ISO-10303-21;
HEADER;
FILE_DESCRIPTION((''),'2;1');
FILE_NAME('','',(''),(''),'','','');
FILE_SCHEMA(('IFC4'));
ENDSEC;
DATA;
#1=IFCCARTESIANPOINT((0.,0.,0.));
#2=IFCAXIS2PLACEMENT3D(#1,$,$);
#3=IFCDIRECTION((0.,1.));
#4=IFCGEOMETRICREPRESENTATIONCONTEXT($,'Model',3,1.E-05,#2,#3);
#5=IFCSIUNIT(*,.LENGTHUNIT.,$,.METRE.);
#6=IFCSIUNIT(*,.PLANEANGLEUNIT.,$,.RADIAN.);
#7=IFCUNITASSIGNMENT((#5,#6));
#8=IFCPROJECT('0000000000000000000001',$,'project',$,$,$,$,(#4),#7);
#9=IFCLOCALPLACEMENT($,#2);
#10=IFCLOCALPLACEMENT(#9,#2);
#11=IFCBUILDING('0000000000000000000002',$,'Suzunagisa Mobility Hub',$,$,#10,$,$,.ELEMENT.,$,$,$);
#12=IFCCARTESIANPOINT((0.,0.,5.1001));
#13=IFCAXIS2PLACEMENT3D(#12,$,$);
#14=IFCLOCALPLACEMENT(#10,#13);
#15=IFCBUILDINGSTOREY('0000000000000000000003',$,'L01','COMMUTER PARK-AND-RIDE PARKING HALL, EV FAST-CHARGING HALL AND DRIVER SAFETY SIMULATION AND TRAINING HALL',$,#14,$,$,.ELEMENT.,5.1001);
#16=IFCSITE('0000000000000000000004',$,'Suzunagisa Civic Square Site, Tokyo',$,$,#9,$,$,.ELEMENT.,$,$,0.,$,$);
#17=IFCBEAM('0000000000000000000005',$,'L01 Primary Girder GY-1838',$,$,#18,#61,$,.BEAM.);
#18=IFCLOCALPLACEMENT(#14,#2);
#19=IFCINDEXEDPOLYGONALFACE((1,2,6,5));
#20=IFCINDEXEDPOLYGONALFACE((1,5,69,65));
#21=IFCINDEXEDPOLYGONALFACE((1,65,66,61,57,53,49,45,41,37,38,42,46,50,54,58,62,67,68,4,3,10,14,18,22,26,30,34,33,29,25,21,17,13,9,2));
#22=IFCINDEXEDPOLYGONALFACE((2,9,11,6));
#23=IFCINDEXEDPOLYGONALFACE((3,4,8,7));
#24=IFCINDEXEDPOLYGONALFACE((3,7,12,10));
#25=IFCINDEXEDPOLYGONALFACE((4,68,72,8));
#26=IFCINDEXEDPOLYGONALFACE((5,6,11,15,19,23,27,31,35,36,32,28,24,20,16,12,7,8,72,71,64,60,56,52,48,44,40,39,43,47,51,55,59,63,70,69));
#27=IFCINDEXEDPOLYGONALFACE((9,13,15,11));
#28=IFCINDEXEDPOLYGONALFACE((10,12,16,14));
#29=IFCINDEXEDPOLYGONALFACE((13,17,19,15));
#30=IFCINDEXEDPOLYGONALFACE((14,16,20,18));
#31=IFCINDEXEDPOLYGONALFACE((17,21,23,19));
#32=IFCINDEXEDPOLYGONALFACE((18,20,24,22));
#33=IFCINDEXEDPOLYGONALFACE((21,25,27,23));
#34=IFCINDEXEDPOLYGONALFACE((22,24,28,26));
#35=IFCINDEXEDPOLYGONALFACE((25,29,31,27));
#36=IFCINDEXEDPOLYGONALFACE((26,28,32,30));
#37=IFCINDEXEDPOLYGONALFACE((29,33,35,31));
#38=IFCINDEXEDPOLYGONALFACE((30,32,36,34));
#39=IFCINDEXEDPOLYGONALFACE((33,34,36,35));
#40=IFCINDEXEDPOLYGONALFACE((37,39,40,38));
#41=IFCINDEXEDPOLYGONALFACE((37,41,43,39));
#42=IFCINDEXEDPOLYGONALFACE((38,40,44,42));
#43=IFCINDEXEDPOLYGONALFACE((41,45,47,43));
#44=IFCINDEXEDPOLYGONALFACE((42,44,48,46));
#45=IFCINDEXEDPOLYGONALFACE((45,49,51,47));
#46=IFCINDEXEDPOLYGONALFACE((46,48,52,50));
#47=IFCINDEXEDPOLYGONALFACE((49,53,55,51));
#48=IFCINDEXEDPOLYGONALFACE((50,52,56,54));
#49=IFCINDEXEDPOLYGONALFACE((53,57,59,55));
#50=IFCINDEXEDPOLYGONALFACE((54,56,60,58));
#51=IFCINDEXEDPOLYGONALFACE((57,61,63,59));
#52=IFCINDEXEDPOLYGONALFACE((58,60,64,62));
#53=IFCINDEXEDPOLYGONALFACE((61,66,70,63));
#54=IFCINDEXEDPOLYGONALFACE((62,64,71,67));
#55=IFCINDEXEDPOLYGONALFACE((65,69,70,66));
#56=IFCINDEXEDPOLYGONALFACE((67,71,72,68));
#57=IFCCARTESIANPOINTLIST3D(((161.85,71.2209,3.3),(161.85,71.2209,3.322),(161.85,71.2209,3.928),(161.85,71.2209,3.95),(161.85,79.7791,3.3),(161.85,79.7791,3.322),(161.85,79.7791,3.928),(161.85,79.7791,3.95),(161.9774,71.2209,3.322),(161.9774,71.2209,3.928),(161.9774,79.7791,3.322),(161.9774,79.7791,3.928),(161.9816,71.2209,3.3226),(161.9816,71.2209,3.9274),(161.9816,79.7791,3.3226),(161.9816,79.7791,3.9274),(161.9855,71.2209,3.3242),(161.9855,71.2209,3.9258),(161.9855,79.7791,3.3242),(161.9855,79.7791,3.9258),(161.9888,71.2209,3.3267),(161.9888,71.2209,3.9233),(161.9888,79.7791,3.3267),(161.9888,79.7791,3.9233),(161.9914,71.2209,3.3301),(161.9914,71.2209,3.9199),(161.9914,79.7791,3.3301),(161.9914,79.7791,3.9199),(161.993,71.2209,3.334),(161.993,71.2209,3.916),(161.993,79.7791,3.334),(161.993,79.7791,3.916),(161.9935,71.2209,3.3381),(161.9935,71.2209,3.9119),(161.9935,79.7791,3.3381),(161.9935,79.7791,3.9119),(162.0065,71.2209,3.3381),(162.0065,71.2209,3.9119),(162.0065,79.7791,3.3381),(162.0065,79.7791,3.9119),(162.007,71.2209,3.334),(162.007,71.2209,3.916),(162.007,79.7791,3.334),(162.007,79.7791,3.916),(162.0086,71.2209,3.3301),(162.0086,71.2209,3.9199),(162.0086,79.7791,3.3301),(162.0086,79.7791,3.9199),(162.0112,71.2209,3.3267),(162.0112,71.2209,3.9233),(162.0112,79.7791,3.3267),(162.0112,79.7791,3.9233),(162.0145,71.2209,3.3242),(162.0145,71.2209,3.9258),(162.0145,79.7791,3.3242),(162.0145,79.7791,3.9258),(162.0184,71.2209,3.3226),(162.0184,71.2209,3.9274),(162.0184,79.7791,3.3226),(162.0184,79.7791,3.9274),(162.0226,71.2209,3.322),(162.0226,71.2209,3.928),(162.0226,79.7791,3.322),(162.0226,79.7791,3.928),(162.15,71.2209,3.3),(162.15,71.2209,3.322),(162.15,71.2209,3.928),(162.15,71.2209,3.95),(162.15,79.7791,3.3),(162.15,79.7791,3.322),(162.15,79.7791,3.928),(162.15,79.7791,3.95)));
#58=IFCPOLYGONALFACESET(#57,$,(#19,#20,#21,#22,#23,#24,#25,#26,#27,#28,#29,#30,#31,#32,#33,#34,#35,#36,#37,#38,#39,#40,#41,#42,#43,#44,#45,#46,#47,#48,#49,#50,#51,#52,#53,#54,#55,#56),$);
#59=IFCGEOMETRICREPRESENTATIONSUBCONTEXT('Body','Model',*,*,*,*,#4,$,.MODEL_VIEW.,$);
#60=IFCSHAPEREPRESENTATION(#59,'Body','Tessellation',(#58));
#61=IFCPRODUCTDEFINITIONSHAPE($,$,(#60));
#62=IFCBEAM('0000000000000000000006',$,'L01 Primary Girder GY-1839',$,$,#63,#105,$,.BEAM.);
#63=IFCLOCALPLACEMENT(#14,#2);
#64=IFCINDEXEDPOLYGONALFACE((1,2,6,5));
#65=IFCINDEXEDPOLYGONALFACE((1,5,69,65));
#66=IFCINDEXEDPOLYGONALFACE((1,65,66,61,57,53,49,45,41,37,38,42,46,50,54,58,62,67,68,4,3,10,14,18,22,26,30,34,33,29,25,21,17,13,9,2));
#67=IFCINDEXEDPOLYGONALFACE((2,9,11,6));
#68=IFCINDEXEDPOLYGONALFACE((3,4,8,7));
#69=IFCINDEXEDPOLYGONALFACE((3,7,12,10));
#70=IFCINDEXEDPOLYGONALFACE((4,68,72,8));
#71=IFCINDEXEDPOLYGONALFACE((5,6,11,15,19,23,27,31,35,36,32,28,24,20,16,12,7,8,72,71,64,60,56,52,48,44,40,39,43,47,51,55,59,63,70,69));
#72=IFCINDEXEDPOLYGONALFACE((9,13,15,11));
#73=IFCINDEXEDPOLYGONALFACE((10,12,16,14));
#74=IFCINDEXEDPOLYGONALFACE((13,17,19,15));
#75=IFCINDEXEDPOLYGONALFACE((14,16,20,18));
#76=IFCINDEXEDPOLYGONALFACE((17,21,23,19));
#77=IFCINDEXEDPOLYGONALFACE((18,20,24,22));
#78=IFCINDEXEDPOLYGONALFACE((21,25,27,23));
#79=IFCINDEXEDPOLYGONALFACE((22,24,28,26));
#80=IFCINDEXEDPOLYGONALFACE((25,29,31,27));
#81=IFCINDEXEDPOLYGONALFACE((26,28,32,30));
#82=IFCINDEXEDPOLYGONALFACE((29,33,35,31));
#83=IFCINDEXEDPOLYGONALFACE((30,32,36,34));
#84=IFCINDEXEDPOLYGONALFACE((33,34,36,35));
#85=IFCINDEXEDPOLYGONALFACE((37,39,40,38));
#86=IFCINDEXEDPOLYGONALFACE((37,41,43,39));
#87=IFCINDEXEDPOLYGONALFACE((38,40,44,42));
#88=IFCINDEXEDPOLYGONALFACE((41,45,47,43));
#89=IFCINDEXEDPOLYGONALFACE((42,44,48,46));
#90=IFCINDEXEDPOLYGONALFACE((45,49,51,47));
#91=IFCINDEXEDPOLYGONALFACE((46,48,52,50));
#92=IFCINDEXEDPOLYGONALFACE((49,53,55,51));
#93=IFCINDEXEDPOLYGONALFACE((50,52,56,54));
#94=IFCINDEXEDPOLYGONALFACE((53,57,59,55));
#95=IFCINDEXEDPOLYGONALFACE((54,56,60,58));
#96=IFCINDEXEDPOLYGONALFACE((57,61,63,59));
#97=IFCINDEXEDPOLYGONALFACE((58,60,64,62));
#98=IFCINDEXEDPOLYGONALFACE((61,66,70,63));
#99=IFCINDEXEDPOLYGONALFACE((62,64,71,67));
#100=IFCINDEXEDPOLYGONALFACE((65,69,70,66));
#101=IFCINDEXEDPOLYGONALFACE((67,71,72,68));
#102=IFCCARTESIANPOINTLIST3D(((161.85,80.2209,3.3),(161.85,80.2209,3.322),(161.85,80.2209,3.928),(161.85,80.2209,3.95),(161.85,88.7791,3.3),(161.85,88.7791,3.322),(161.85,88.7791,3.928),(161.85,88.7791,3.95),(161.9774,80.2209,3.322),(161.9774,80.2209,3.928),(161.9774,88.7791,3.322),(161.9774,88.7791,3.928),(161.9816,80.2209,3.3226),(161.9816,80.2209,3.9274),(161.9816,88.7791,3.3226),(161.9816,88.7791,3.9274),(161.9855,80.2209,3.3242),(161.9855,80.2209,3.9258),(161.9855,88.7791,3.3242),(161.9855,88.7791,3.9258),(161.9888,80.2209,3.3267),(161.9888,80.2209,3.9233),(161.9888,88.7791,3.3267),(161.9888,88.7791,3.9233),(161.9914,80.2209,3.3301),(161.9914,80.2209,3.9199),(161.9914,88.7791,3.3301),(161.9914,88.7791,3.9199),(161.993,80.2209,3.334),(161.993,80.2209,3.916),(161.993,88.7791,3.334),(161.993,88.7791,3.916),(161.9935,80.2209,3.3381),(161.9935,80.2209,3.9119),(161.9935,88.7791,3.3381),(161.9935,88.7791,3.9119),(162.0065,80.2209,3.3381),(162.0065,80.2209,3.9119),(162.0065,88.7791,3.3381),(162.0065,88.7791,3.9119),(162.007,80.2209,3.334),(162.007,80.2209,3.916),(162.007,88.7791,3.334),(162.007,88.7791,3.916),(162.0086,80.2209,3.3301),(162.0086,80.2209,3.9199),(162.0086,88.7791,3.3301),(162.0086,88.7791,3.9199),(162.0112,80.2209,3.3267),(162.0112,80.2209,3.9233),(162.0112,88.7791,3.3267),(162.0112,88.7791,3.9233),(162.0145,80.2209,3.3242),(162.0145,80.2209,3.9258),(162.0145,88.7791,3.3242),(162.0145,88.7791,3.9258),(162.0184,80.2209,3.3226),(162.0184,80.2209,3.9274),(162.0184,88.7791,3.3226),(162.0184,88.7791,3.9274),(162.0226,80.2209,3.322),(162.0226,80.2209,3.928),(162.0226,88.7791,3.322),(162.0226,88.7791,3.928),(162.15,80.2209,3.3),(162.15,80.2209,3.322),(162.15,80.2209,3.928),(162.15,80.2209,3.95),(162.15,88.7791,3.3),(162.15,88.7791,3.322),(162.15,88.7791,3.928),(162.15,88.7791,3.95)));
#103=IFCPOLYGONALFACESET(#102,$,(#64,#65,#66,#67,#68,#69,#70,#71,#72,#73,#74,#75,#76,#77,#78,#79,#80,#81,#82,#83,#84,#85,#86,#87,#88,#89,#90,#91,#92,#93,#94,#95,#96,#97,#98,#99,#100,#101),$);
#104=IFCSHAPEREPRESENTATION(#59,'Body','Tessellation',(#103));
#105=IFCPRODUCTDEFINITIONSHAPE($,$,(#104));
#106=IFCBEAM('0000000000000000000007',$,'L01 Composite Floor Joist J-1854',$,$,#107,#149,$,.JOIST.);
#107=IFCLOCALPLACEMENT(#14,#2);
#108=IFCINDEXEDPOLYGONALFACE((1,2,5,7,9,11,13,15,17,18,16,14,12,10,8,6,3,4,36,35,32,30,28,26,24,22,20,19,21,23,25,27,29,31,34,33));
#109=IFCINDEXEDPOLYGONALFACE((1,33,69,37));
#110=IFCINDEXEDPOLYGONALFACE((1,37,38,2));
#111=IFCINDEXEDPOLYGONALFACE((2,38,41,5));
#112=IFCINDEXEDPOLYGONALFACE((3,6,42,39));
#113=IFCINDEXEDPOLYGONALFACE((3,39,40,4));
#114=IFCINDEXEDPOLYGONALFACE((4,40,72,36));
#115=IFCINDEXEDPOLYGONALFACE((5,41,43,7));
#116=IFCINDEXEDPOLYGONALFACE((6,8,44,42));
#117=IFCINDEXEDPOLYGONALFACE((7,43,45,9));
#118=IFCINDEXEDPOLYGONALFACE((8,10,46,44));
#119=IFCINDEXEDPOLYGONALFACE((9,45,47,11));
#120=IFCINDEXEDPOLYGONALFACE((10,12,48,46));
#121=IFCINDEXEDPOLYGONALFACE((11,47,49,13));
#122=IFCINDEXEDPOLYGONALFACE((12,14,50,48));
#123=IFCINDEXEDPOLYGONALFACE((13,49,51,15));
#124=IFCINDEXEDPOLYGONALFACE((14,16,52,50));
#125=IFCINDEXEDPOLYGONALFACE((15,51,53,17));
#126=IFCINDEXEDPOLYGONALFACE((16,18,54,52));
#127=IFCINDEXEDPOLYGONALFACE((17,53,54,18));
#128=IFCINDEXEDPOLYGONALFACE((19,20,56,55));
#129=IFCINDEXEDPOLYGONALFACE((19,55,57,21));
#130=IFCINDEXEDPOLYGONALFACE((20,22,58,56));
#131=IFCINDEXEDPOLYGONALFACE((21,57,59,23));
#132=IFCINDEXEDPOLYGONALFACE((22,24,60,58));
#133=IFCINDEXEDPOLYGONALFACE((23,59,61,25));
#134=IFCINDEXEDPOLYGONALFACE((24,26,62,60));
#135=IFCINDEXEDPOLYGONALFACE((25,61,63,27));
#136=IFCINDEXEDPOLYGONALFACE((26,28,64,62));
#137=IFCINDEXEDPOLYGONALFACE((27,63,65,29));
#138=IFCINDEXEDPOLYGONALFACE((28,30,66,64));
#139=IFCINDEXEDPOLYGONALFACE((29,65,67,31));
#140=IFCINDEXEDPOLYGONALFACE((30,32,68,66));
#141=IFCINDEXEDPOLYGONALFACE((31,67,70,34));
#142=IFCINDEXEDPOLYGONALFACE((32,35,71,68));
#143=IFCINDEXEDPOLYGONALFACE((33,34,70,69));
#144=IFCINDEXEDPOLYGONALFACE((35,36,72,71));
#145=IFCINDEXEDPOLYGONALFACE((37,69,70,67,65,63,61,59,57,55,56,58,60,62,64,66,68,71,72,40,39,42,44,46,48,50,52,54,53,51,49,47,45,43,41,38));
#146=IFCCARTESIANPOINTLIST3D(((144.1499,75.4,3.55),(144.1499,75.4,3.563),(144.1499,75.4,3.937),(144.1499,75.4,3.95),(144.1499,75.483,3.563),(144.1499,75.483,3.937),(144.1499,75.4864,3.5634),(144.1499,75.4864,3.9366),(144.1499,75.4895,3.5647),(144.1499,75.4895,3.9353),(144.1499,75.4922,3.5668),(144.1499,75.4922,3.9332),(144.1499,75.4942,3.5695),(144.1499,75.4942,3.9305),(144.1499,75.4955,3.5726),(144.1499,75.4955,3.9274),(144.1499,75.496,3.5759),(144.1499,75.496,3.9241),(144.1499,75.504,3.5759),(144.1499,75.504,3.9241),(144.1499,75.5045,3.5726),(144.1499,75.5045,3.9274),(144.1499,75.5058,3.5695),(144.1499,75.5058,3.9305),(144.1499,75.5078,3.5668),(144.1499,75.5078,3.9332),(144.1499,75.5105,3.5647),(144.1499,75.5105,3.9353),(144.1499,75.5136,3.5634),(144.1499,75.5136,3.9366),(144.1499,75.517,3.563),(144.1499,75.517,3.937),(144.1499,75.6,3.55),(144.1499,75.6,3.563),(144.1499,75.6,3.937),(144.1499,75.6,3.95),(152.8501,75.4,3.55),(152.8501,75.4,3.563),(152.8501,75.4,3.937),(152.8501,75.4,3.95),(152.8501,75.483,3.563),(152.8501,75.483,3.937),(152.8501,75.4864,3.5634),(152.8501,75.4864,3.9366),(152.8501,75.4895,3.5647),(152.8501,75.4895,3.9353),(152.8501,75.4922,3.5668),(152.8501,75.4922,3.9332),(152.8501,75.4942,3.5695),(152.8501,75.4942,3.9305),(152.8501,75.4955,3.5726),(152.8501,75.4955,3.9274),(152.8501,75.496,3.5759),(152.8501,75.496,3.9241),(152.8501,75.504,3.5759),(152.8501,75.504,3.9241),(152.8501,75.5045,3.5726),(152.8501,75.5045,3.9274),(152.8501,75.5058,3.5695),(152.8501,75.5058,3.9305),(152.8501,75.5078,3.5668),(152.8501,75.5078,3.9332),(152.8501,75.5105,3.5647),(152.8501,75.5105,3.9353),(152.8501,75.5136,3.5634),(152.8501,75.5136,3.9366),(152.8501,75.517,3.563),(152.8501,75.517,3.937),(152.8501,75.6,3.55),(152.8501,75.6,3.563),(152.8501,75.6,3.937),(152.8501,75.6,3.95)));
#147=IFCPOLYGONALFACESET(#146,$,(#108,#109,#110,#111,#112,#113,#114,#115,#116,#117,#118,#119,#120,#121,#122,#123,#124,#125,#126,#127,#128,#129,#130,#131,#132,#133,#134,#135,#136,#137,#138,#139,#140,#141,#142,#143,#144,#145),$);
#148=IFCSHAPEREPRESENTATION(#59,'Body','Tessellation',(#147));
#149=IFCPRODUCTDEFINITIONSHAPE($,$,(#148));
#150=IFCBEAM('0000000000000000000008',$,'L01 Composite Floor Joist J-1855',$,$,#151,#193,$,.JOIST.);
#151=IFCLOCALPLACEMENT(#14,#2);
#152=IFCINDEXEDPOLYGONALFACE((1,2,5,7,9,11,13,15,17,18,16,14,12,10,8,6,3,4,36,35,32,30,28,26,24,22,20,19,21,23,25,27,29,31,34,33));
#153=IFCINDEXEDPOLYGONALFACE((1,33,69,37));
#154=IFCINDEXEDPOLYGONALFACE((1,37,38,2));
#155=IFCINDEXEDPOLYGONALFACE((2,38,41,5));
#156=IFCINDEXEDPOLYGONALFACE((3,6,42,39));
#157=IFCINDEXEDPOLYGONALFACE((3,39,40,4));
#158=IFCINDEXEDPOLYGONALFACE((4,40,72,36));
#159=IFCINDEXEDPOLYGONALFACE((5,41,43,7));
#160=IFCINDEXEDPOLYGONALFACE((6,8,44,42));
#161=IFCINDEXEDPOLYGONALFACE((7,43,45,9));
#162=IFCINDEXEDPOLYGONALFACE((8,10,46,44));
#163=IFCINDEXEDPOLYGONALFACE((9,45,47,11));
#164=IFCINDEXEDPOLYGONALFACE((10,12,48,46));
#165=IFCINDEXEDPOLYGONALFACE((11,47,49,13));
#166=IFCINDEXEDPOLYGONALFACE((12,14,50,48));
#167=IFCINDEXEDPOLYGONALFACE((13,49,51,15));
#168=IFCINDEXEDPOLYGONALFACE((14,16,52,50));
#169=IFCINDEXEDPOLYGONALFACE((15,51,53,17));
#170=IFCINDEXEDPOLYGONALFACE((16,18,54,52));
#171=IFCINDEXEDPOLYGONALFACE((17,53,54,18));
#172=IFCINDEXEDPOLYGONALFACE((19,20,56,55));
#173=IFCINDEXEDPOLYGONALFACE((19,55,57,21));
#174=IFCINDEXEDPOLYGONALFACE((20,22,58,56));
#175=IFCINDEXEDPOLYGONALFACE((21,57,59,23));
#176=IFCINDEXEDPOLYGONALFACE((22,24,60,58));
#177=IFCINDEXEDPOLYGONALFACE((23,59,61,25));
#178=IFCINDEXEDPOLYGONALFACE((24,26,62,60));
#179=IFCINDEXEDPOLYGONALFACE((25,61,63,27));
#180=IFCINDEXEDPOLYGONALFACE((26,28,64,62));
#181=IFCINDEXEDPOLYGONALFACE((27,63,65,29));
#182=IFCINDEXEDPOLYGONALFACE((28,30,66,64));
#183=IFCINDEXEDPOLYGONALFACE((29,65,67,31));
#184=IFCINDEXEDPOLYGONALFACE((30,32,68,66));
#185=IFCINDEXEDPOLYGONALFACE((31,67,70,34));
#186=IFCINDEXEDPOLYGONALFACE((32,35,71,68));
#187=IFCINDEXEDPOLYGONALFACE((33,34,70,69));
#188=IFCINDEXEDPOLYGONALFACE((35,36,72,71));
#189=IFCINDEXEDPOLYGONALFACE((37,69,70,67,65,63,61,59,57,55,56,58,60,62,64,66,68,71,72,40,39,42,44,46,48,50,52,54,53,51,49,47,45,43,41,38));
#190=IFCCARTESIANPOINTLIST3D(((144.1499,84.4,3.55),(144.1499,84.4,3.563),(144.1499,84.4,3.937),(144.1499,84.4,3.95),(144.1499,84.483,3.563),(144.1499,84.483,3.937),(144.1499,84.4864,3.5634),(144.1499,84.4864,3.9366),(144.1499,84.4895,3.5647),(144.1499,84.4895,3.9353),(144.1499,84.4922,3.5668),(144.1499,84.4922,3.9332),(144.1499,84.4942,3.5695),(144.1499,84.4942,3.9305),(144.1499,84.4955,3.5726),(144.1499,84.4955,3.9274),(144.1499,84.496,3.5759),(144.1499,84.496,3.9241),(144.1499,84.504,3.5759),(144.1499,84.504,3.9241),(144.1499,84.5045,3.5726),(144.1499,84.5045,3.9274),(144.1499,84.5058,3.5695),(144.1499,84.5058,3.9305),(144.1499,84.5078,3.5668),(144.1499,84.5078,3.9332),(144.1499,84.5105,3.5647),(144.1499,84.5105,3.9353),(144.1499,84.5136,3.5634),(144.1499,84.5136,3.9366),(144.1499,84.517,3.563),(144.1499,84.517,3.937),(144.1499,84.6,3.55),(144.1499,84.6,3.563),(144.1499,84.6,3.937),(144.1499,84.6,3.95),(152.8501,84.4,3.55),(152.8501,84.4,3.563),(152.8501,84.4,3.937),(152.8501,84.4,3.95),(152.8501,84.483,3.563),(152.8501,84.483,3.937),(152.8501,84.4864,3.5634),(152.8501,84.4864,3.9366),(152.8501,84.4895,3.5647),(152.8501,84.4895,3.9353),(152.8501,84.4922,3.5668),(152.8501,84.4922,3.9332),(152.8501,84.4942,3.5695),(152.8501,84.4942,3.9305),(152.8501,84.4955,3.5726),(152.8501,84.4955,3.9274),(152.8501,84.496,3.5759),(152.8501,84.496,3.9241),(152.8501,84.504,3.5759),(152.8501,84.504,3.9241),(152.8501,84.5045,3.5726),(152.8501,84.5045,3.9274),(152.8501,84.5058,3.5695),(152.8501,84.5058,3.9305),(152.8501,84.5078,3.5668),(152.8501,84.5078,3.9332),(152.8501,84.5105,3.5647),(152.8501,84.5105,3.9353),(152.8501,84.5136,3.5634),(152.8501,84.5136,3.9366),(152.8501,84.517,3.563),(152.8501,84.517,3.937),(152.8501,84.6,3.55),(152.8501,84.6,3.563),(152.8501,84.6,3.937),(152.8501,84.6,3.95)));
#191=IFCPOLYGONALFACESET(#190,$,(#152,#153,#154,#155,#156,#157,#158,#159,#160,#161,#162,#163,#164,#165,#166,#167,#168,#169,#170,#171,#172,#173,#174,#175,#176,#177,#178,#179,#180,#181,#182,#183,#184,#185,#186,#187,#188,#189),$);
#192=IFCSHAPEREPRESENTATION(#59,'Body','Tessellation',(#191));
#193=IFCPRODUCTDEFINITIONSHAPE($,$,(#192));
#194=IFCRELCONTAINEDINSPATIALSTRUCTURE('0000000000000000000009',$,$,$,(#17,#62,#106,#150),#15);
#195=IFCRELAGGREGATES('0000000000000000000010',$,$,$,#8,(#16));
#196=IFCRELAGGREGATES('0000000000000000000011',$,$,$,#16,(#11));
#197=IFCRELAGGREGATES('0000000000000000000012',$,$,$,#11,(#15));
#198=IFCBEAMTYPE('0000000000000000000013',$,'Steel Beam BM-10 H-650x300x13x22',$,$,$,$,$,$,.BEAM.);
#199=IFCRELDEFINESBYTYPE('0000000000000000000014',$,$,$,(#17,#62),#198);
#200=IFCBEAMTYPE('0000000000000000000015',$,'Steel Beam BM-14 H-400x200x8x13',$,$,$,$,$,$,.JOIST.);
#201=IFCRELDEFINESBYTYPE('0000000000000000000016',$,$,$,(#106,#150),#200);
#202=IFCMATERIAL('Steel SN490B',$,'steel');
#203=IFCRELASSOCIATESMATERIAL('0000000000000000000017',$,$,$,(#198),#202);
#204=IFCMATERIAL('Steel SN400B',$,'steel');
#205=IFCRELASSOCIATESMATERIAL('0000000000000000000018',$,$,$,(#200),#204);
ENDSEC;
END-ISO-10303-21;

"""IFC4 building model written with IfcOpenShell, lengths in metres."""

from ifc_helpers import new_model, si_unit, direction, frame, origin, origin_2d, place, context, subcontext, project, spatial, i_section, extrude, material, material_profile, profile_set, type_object, element, save


model = new_model("IFC4")

# Units and contexts
model_context = context("Model", 3, precision=1e-05, world=origin(), true_north=direction((0.0, 1.0)))
body_context = subcontext(model_context, "Body", "Model", "MODEL_VIEW")
ifc_project = project(units=[si_unit("LENGTHUNIT", "METRE"), si_unit("PLANEANGLEUNIT", "RADIAN")], contexts=[model_context])

# Site, building, storey
site_placement = place(None, origin())
site = spatial("IfcSite", under=ifc_project, at=site_placement, Name="Suzunagisa Civic Square Site, Tokyo", CompositionType="ELEMENT", RefElevation=0.0)
building_placement = place(site_placement, origin())
building = spatial("IfcBuilding", under=site, at=building_placement, Name="Suzunagisa Mobility Hub", CompositionType="ELEMENT")
storey_placement = place(building_placement, frame((0.0, 0.0, 5.1001)))
storey = spatial("IfcBuildingStorey", under=building, at=storey_placement, Name="L01", Description="COMMUTER PARK-AND-RIDE PARKING HALL, EV FAST-CHARGING HALL AND DRIVER SAFETY SIMULATION AND TRAINING HALL", CompositionType="ELEMENT", Elevation=5.1001)

# Shared definitions
ifc_material_1 = material(Name="Steel SN490B", Category="steel")

# Beams
ifc_material_profile_1 = material_profile(ifc_material_1, i_section(OverallWidth=0.3, OverallDepth=0.6499, WebThickness=0.0129, FlangeThickness=0.022, FilletRadius=0.0161, at=origin_2d()), Name="H-650x300x13x22")
ifc_profile_set_1 = profile_set([ifc_material_profile_1], Name="Steel SN490B")
beam_type_1 = type_object("IfcBeamType", Name="Steel Beam BM-10 H-650x300x13x22", PredefinedType="BEAM", material=ifc_profile_set_1)
for number, where, z_axis, x_axis, name in (
    (1, (162.0, 71.2209, 3.625), (0.0, 1.0, 0.0), (-1.0, 0.0, 0.0), "L01 Primary Girder GY-1838"),
    (2, (162.0, 80.2209, 3.625), (0.0, 1.0, 0.0), (-1.0, 0.0, 0.0), "L01 Primary Girder GY-1839"),
):
    element("IfcBeam", number, at=place(storey_placement, frame(where, z_axis=z_axis, x_axis=x_axis)), inside=storey, type_object=beam_type_1, Name=name, PredefinedType="BEAM", context=body_context, shape_type="SweptSolid", body=[
        extrude(i_section(OverallWidth=0.3, OverallDepth=0.6499, WebThickness=0.0129, FlangeThickness=0.022, FilletRadius=0.0161, at=origin_2d()), origin(), (0.0, 0.0, 1.0), 8.5581),
    ])
ifc_material_2 = material(Name="Steel SN400B", Category="steel")
ifc_material_profile_2 = material_profile(ifc_material_2, i_section(OverallWidth=0.2, OverallDepth=0.3999, WebThickness=0.0081, FlangeThickness=0.0129, FilletRadius=0.0129, at=origin_2d()), Name="H-400x200x8x13")
ifc_profile_set_2 = profile_set([ifc_material_profile_2], Name="Steel SN400B")
beam_type_2 = type_object("IfcBeamType", Name="Steel Beam BM-14 H-400x200x8x13", PredefinedType="JOIST", material=ifc_profile_set_2)
for number, where, z_axis, x_axis, name in (
    (3, (144.1499, 75.5, 3.75), (1.0, 0.0, 0.0), (0.0, 1.0, 0.0), "L01 Composite Floor Joist J-1854"),
    (4, (144.1499, 84.5, 3.75), (1.0, 0.0, 0.0), (0.0, 1.0, 0.0), "L01 Composite Floor Joist J-1855"),
):
    element("IfcBeam", number, at=place(storey_placement, frame(where, z_axis=z_axis, x_axis=x_axis)), inside=storey, type_object=beam_type_2, Name=name, PredefinedType="JOIST", context=body_context, shape_type="SweptSolid", body=[
        extrude(i_section(OverallWidth=0.2, OverallDepth=0.3999, WebThickness=0.0081, FlangeThickness=0.0129, FilletRadius=0.0129, at=origin_2d()), origin(), (0.0, 0.0, 1.0), 8.7002),
    ])

save(model, "model.ifc")
